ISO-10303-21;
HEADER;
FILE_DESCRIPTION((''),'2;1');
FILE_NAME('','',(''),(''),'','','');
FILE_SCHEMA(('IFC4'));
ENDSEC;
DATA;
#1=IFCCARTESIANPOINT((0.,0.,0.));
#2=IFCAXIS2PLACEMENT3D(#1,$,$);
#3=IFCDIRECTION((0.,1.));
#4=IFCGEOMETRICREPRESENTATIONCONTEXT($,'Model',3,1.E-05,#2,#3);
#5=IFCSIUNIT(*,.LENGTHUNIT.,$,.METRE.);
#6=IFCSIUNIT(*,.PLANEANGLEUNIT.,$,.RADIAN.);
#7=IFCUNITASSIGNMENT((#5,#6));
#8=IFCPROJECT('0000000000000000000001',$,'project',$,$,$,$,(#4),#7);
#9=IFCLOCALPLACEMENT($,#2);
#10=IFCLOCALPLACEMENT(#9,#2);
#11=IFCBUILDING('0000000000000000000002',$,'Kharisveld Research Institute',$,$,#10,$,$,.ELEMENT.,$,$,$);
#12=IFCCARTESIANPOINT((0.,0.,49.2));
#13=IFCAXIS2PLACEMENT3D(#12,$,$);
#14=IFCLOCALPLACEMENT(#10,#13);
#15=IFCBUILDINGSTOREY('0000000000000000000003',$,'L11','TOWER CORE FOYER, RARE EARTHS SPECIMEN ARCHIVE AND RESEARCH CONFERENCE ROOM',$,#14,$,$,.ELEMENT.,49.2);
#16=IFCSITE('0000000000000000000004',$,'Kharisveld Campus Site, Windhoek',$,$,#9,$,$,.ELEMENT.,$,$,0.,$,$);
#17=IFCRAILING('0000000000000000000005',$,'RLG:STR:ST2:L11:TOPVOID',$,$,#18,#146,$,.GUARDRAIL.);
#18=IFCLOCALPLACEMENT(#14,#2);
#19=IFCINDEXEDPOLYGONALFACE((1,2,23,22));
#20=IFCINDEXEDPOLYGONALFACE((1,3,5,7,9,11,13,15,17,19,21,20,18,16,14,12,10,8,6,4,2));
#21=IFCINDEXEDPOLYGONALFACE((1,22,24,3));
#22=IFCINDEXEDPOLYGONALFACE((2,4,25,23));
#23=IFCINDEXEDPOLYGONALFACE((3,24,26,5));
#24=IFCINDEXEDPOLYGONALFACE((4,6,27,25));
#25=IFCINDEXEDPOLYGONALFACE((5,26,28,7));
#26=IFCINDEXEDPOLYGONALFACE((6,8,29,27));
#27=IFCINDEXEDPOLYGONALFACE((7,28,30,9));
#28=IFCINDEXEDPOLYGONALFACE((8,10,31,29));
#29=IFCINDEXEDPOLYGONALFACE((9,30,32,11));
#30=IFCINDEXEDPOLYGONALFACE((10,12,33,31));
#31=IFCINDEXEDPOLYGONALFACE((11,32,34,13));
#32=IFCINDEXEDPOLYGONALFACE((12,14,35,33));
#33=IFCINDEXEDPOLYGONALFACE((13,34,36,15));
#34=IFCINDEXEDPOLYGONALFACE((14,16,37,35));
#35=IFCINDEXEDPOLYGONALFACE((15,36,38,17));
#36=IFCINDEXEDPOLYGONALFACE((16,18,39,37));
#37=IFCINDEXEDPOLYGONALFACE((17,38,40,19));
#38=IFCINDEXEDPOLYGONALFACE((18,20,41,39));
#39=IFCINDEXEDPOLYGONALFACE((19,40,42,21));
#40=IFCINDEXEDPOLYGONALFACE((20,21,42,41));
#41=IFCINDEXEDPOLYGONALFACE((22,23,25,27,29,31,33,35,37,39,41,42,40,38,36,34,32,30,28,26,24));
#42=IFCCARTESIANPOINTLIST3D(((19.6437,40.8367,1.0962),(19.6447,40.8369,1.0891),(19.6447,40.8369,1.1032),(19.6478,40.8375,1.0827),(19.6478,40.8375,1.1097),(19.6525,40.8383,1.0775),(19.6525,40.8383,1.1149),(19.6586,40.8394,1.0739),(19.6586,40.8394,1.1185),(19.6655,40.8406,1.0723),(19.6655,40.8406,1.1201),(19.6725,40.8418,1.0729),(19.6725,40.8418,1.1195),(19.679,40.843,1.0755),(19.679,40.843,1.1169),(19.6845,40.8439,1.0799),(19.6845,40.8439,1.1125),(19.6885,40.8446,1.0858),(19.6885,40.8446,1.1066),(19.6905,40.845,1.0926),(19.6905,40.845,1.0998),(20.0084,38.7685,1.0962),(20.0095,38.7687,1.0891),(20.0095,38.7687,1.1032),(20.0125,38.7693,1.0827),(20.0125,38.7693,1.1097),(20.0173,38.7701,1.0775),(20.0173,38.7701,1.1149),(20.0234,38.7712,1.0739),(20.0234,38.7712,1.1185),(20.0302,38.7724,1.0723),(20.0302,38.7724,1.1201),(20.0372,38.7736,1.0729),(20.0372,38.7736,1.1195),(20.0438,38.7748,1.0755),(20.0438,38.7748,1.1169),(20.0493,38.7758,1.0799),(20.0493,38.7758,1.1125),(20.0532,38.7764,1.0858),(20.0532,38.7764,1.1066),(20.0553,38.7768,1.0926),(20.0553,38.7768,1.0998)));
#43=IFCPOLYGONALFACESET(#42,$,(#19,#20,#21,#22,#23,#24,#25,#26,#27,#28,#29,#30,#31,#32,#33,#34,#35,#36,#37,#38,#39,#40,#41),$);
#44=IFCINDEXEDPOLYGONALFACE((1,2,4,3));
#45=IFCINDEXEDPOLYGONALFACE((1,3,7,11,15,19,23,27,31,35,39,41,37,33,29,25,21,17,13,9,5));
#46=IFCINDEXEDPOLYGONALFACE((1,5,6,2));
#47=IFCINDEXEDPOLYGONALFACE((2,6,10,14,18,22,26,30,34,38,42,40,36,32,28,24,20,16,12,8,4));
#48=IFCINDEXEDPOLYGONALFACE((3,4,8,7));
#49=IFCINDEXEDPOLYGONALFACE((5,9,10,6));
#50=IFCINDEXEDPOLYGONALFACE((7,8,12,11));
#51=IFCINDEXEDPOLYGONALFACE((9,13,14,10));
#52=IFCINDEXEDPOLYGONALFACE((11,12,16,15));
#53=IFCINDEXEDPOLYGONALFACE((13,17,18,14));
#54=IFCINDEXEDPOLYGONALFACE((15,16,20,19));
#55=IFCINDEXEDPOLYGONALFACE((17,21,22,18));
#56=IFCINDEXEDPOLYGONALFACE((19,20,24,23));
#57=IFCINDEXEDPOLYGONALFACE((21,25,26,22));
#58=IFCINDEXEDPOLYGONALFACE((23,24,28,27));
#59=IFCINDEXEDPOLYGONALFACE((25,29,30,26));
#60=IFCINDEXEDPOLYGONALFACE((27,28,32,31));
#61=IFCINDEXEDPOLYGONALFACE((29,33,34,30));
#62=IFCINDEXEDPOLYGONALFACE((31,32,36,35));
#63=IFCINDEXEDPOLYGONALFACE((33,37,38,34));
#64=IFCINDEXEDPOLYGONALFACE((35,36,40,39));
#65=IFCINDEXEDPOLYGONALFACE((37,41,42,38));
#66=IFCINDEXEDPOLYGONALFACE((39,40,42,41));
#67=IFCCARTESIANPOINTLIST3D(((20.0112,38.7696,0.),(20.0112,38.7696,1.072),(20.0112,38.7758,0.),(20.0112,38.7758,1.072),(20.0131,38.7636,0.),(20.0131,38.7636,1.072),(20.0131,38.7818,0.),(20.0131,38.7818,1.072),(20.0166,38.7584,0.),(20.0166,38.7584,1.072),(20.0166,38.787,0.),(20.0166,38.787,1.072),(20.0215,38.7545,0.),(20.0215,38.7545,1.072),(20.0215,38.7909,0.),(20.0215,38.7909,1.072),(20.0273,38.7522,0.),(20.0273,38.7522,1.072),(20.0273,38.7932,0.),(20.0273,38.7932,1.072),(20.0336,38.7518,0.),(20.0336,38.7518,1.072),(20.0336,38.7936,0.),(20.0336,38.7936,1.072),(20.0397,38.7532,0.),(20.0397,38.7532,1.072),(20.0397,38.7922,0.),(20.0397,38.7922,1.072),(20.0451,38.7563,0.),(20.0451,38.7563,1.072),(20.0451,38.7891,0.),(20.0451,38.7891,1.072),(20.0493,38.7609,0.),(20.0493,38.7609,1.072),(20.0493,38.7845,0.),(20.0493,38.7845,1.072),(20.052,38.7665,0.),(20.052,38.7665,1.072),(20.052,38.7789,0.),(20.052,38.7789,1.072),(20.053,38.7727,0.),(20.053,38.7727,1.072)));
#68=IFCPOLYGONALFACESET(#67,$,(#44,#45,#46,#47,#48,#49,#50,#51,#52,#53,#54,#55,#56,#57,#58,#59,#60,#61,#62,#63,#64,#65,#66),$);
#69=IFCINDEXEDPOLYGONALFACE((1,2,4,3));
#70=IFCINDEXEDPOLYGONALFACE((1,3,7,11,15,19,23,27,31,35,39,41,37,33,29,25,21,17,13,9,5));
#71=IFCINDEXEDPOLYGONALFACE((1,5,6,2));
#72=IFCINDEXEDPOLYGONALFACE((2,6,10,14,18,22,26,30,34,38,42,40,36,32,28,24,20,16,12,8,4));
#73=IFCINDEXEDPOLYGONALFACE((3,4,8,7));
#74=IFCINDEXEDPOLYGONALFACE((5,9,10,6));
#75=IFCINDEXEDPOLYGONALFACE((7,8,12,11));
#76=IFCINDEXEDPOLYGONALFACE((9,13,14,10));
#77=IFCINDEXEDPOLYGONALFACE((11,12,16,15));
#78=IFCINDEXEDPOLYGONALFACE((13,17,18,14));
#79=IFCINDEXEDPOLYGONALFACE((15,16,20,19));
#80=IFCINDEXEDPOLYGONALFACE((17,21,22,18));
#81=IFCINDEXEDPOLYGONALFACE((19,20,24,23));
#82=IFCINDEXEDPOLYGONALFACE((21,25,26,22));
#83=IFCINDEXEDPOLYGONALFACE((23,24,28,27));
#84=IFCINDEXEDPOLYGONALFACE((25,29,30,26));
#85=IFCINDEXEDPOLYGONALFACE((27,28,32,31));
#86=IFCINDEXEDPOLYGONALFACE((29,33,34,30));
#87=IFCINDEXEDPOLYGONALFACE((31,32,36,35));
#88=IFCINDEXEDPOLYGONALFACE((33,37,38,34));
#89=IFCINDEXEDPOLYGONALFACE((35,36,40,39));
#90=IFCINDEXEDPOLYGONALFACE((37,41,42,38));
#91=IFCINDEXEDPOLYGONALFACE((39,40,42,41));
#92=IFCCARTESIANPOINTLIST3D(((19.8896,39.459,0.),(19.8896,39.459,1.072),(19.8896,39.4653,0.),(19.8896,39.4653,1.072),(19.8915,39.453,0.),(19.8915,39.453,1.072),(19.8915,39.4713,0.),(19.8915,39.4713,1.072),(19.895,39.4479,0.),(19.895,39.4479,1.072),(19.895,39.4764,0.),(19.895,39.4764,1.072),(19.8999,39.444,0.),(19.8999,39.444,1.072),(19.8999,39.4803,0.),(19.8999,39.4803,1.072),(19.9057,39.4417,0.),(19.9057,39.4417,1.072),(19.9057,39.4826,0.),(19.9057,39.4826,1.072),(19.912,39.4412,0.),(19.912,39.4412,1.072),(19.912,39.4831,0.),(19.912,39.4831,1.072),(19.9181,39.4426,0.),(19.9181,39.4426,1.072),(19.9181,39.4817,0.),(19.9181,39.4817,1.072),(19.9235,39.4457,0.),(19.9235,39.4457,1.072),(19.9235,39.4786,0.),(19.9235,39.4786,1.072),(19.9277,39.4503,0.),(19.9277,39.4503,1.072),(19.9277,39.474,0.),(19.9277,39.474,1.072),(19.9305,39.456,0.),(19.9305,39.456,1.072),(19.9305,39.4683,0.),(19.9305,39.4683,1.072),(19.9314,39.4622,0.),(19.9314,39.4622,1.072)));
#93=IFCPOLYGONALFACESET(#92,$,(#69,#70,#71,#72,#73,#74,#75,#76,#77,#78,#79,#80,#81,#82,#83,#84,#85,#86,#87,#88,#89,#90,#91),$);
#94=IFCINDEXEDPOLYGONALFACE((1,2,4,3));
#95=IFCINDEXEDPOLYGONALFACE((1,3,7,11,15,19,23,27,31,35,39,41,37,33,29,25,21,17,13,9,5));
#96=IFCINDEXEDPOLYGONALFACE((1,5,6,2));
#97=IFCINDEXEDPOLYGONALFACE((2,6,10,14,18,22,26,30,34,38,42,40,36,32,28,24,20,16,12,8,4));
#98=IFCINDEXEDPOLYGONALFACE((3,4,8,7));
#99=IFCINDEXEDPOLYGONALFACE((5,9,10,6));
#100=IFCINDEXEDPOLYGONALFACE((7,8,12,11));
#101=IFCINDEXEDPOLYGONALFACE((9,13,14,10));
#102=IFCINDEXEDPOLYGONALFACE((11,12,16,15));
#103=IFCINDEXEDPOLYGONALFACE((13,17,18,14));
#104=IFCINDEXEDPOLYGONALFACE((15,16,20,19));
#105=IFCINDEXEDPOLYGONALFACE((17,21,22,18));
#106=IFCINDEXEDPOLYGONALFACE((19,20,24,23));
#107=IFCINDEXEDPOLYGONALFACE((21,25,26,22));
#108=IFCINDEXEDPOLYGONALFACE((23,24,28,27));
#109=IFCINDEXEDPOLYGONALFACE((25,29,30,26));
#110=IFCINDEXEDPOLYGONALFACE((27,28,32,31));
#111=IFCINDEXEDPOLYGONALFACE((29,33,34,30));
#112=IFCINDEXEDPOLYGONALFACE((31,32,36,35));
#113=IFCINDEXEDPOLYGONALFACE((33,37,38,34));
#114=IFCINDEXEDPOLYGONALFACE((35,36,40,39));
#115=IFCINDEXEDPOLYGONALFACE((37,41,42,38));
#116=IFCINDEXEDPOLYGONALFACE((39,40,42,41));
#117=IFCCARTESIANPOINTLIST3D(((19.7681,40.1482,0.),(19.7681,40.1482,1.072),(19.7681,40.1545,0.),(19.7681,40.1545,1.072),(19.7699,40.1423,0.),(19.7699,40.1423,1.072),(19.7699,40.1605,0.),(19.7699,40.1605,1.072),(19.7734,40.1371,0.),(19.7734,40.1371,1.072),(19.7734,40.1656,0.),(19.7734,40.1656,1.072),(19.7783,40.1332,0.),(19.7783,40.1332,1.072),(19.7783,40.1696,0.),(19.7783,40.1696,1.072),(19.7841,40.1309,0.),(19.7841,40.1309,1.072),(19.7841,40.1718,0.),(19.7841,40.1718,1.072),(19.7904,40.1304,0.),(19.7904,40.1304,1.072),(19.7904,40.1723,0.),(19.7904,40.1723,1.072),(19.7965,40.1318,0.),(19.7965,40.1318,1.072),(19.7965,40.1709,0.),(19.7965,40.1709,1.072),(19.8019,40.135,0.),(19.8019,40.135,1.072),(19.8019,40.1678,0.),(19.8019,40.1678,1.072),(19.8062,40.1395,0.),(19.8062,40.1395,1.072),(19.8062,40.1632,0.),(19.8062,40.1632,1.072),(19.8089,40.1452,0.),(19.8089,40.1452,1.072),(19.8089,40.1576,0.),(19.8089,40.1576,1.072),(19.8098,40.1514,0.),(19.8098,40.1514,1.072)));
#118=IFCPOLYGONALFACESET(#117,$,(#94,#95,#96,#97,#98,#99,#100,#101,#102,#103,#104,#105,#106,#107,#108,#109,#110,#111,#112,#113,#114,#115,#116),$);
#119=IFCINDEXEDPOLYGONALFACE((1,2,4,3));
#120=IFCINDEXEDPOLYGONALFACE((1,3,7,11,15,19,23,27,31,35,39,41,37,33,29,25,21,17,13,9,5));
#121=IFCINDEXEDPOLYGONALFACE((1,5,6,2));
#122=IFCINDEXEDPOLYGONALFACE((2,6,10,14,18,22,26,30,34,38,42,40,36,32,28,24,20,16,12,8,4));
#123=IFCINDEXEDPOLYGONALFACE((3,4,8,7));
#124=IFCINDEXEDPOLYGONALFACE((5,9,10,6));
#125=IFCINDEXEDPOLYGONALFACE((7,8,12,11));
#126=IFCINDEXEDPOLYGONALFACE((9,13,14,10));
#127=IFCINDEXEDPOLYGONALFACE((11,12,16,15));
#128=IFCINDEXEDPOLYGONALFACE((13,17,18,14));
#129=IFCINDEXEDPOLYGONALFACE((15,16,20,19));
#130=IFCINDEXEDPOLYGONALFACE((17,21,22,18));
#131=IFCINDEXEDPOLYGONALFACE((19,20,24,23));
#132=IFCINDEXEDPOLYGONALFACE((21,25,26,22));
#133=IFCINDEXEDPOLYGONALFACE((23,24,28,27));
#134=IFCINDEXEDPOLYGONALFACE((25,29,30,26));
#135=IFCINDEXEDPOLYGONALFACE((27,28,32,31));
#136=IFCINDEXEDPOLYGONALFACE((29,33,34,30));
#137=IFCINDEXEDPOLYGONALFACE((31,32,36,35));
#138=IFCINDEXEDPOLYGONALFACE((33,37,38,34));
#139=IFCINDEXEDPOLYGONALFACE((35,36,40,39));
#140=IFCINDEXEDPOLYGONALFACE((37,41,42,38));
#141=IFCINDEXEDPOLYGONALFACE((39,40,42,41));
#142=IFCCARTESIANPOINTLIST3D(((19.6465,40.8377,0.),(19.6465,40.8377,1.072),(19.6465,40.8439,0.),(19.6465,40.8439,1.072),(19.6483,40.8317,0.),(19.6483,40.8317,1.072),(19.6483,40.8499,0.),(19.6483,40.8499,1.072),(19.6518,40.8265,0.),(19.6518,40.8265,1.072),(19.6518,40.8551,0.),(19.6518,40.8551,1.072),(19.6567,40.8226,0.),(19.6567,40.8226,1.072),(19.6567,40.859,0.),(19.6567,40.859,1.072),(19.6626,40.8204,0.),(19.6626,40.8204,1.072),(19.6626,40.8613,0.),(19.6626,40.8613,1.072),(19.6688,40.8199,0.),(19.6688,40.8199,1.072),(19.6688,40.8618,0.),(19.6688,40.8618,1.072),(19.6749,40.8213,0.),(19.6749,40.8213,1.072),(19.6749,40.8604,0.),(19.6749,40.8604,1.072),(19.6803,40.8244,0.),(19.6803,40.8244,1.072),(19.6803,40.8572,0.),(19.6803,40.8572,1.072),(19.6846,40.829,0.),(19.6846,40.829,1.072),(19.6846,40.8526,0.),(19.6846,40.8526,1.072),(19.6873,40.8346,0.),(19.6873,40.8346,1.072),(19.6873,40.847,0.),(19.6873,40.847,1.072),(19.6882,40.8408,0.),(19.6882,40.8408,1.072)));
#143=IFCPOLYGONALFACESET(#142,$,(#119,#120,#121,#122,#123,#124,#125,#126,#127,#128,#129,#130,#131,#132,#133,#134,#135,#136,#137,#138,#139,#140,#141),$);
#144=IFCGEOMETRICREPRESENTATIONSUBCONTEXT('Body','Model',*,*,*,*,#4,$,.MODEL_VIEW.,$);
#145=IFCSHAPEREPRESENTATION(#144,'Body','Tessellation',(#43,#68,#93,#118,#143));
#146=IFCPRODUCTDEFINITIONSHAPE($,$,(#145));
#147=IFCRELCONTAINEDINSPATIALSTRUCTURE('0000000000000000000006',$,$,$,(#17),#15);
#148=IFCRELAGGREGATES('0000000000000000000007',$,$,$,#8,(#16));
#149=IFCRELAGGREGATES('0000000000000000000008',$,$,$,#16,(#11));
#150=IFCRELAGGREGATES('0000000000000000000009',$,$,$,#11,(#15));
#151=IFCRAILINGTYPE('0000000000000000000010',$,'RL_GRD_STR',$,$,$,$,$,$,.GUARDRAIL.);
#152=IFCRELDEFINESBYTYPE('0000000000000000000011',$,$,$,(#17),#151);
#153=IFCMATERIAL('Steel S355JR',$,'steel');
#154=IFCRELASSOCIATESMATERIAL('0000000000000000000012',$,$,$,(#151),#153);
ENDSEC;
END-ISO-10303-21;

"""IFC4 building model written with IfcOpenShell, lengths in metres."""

from ifc_helpers import new_model, si_unit, direction, frame, origin, origin_2d, place, context, subcontext, project, spatial, circle, extrude, material, type_object, element, save


model = new_model("IFC4")

# Units and contexts
model_context = context("Model", 3, precision=1e-05, world=origin(), true_north=direction((0.0, 1.0)))
body_context = subcontext(model_context, "Body", "Model", "MODEL_VIEW")
ifc_project = project(units=[si_unit("LENGTHUNIT", "METRE"), si_unit("PLANEANGLEUNIT", "RADIAN")], contexts=[model_context])

# Site, building, storey
site_placement = place(None, origin())
site = spatial("IfcSite", under=ifc_project, at=site_placement, Name="Kharisveld Campus Site, Windhoek", CompositionType="ELEMENT", RefElevation=0.0)
building_placement = place(site_placement, origin())
building = spatial("IfcBuilding", under=site, at=building_placement, Name="Kharisveld Research Institute", CompositionType="ELEMENT")
storey_placement = place(building_placement, frame((0.0, 0.0, 49.2)))
storey = spatial("IfcBuildingStorey", under=building, at=storey_placement, Name="L11", Description="TOWER CORE FOYER, RARE EARTHS SPECIMEN ARCHIVE AND RESEARCH CONFERENCE ROOM", CompositionType="ELEMENT", Elevation=49.2)

# Railing
ifc_material_1 = material(Name="Steel S355JR", Category="steel")
railing_type = type_object("IfcRailingType", Name="RL_GRD_STR", PredefinedType="GUARDRAIL", material=ifc_material_1)
railing_placement = place(storey_placement, frame((20.032, 38.7727, 0.0)))
element("IfcRailing", 1, at=railing_placement, inside=storey, type_object=railing_type, Name="RLG:STR:ST2:L11:TOPVOID", PredefinedType="GUARDRAIL", context=body_context, shape_type="SweptSolid", body=[
    extrude(circle(Radius=0.0239, at=origin_2d()), frame((0.0, 0.0, 1.0962), z_axis=(-0.173686, 0.984801, 0.0), x_axis=(-0.984801, -0.173686, 0.0)), (0.0, 0.0, 1.0), 2.1001),
    extrude(circle(Radius=0.021, at=origin_2d()), origin(), (0.0, 0.0, 1.0), 1.072),
    extrude(circle(Radius=0.021, at=origin_2d()), frame((-0.1216, 0.6895, 0.0)), (0.0, 0.0, 1.0), 1.072),
    extrude(circle(Radius=0.021, at=origin_2d()), frame((-0.2432, 1.3787, 0.0)), (0.0, 0.0, 1.0), 1.072),
    extrude(circle(Radius=0.021, at=origin_2d()), frame((-0.3647, 2.0681, 0.0)), (0.0, 0.0, 1.0), 1.072),
])

save(model, "model.ifc")
